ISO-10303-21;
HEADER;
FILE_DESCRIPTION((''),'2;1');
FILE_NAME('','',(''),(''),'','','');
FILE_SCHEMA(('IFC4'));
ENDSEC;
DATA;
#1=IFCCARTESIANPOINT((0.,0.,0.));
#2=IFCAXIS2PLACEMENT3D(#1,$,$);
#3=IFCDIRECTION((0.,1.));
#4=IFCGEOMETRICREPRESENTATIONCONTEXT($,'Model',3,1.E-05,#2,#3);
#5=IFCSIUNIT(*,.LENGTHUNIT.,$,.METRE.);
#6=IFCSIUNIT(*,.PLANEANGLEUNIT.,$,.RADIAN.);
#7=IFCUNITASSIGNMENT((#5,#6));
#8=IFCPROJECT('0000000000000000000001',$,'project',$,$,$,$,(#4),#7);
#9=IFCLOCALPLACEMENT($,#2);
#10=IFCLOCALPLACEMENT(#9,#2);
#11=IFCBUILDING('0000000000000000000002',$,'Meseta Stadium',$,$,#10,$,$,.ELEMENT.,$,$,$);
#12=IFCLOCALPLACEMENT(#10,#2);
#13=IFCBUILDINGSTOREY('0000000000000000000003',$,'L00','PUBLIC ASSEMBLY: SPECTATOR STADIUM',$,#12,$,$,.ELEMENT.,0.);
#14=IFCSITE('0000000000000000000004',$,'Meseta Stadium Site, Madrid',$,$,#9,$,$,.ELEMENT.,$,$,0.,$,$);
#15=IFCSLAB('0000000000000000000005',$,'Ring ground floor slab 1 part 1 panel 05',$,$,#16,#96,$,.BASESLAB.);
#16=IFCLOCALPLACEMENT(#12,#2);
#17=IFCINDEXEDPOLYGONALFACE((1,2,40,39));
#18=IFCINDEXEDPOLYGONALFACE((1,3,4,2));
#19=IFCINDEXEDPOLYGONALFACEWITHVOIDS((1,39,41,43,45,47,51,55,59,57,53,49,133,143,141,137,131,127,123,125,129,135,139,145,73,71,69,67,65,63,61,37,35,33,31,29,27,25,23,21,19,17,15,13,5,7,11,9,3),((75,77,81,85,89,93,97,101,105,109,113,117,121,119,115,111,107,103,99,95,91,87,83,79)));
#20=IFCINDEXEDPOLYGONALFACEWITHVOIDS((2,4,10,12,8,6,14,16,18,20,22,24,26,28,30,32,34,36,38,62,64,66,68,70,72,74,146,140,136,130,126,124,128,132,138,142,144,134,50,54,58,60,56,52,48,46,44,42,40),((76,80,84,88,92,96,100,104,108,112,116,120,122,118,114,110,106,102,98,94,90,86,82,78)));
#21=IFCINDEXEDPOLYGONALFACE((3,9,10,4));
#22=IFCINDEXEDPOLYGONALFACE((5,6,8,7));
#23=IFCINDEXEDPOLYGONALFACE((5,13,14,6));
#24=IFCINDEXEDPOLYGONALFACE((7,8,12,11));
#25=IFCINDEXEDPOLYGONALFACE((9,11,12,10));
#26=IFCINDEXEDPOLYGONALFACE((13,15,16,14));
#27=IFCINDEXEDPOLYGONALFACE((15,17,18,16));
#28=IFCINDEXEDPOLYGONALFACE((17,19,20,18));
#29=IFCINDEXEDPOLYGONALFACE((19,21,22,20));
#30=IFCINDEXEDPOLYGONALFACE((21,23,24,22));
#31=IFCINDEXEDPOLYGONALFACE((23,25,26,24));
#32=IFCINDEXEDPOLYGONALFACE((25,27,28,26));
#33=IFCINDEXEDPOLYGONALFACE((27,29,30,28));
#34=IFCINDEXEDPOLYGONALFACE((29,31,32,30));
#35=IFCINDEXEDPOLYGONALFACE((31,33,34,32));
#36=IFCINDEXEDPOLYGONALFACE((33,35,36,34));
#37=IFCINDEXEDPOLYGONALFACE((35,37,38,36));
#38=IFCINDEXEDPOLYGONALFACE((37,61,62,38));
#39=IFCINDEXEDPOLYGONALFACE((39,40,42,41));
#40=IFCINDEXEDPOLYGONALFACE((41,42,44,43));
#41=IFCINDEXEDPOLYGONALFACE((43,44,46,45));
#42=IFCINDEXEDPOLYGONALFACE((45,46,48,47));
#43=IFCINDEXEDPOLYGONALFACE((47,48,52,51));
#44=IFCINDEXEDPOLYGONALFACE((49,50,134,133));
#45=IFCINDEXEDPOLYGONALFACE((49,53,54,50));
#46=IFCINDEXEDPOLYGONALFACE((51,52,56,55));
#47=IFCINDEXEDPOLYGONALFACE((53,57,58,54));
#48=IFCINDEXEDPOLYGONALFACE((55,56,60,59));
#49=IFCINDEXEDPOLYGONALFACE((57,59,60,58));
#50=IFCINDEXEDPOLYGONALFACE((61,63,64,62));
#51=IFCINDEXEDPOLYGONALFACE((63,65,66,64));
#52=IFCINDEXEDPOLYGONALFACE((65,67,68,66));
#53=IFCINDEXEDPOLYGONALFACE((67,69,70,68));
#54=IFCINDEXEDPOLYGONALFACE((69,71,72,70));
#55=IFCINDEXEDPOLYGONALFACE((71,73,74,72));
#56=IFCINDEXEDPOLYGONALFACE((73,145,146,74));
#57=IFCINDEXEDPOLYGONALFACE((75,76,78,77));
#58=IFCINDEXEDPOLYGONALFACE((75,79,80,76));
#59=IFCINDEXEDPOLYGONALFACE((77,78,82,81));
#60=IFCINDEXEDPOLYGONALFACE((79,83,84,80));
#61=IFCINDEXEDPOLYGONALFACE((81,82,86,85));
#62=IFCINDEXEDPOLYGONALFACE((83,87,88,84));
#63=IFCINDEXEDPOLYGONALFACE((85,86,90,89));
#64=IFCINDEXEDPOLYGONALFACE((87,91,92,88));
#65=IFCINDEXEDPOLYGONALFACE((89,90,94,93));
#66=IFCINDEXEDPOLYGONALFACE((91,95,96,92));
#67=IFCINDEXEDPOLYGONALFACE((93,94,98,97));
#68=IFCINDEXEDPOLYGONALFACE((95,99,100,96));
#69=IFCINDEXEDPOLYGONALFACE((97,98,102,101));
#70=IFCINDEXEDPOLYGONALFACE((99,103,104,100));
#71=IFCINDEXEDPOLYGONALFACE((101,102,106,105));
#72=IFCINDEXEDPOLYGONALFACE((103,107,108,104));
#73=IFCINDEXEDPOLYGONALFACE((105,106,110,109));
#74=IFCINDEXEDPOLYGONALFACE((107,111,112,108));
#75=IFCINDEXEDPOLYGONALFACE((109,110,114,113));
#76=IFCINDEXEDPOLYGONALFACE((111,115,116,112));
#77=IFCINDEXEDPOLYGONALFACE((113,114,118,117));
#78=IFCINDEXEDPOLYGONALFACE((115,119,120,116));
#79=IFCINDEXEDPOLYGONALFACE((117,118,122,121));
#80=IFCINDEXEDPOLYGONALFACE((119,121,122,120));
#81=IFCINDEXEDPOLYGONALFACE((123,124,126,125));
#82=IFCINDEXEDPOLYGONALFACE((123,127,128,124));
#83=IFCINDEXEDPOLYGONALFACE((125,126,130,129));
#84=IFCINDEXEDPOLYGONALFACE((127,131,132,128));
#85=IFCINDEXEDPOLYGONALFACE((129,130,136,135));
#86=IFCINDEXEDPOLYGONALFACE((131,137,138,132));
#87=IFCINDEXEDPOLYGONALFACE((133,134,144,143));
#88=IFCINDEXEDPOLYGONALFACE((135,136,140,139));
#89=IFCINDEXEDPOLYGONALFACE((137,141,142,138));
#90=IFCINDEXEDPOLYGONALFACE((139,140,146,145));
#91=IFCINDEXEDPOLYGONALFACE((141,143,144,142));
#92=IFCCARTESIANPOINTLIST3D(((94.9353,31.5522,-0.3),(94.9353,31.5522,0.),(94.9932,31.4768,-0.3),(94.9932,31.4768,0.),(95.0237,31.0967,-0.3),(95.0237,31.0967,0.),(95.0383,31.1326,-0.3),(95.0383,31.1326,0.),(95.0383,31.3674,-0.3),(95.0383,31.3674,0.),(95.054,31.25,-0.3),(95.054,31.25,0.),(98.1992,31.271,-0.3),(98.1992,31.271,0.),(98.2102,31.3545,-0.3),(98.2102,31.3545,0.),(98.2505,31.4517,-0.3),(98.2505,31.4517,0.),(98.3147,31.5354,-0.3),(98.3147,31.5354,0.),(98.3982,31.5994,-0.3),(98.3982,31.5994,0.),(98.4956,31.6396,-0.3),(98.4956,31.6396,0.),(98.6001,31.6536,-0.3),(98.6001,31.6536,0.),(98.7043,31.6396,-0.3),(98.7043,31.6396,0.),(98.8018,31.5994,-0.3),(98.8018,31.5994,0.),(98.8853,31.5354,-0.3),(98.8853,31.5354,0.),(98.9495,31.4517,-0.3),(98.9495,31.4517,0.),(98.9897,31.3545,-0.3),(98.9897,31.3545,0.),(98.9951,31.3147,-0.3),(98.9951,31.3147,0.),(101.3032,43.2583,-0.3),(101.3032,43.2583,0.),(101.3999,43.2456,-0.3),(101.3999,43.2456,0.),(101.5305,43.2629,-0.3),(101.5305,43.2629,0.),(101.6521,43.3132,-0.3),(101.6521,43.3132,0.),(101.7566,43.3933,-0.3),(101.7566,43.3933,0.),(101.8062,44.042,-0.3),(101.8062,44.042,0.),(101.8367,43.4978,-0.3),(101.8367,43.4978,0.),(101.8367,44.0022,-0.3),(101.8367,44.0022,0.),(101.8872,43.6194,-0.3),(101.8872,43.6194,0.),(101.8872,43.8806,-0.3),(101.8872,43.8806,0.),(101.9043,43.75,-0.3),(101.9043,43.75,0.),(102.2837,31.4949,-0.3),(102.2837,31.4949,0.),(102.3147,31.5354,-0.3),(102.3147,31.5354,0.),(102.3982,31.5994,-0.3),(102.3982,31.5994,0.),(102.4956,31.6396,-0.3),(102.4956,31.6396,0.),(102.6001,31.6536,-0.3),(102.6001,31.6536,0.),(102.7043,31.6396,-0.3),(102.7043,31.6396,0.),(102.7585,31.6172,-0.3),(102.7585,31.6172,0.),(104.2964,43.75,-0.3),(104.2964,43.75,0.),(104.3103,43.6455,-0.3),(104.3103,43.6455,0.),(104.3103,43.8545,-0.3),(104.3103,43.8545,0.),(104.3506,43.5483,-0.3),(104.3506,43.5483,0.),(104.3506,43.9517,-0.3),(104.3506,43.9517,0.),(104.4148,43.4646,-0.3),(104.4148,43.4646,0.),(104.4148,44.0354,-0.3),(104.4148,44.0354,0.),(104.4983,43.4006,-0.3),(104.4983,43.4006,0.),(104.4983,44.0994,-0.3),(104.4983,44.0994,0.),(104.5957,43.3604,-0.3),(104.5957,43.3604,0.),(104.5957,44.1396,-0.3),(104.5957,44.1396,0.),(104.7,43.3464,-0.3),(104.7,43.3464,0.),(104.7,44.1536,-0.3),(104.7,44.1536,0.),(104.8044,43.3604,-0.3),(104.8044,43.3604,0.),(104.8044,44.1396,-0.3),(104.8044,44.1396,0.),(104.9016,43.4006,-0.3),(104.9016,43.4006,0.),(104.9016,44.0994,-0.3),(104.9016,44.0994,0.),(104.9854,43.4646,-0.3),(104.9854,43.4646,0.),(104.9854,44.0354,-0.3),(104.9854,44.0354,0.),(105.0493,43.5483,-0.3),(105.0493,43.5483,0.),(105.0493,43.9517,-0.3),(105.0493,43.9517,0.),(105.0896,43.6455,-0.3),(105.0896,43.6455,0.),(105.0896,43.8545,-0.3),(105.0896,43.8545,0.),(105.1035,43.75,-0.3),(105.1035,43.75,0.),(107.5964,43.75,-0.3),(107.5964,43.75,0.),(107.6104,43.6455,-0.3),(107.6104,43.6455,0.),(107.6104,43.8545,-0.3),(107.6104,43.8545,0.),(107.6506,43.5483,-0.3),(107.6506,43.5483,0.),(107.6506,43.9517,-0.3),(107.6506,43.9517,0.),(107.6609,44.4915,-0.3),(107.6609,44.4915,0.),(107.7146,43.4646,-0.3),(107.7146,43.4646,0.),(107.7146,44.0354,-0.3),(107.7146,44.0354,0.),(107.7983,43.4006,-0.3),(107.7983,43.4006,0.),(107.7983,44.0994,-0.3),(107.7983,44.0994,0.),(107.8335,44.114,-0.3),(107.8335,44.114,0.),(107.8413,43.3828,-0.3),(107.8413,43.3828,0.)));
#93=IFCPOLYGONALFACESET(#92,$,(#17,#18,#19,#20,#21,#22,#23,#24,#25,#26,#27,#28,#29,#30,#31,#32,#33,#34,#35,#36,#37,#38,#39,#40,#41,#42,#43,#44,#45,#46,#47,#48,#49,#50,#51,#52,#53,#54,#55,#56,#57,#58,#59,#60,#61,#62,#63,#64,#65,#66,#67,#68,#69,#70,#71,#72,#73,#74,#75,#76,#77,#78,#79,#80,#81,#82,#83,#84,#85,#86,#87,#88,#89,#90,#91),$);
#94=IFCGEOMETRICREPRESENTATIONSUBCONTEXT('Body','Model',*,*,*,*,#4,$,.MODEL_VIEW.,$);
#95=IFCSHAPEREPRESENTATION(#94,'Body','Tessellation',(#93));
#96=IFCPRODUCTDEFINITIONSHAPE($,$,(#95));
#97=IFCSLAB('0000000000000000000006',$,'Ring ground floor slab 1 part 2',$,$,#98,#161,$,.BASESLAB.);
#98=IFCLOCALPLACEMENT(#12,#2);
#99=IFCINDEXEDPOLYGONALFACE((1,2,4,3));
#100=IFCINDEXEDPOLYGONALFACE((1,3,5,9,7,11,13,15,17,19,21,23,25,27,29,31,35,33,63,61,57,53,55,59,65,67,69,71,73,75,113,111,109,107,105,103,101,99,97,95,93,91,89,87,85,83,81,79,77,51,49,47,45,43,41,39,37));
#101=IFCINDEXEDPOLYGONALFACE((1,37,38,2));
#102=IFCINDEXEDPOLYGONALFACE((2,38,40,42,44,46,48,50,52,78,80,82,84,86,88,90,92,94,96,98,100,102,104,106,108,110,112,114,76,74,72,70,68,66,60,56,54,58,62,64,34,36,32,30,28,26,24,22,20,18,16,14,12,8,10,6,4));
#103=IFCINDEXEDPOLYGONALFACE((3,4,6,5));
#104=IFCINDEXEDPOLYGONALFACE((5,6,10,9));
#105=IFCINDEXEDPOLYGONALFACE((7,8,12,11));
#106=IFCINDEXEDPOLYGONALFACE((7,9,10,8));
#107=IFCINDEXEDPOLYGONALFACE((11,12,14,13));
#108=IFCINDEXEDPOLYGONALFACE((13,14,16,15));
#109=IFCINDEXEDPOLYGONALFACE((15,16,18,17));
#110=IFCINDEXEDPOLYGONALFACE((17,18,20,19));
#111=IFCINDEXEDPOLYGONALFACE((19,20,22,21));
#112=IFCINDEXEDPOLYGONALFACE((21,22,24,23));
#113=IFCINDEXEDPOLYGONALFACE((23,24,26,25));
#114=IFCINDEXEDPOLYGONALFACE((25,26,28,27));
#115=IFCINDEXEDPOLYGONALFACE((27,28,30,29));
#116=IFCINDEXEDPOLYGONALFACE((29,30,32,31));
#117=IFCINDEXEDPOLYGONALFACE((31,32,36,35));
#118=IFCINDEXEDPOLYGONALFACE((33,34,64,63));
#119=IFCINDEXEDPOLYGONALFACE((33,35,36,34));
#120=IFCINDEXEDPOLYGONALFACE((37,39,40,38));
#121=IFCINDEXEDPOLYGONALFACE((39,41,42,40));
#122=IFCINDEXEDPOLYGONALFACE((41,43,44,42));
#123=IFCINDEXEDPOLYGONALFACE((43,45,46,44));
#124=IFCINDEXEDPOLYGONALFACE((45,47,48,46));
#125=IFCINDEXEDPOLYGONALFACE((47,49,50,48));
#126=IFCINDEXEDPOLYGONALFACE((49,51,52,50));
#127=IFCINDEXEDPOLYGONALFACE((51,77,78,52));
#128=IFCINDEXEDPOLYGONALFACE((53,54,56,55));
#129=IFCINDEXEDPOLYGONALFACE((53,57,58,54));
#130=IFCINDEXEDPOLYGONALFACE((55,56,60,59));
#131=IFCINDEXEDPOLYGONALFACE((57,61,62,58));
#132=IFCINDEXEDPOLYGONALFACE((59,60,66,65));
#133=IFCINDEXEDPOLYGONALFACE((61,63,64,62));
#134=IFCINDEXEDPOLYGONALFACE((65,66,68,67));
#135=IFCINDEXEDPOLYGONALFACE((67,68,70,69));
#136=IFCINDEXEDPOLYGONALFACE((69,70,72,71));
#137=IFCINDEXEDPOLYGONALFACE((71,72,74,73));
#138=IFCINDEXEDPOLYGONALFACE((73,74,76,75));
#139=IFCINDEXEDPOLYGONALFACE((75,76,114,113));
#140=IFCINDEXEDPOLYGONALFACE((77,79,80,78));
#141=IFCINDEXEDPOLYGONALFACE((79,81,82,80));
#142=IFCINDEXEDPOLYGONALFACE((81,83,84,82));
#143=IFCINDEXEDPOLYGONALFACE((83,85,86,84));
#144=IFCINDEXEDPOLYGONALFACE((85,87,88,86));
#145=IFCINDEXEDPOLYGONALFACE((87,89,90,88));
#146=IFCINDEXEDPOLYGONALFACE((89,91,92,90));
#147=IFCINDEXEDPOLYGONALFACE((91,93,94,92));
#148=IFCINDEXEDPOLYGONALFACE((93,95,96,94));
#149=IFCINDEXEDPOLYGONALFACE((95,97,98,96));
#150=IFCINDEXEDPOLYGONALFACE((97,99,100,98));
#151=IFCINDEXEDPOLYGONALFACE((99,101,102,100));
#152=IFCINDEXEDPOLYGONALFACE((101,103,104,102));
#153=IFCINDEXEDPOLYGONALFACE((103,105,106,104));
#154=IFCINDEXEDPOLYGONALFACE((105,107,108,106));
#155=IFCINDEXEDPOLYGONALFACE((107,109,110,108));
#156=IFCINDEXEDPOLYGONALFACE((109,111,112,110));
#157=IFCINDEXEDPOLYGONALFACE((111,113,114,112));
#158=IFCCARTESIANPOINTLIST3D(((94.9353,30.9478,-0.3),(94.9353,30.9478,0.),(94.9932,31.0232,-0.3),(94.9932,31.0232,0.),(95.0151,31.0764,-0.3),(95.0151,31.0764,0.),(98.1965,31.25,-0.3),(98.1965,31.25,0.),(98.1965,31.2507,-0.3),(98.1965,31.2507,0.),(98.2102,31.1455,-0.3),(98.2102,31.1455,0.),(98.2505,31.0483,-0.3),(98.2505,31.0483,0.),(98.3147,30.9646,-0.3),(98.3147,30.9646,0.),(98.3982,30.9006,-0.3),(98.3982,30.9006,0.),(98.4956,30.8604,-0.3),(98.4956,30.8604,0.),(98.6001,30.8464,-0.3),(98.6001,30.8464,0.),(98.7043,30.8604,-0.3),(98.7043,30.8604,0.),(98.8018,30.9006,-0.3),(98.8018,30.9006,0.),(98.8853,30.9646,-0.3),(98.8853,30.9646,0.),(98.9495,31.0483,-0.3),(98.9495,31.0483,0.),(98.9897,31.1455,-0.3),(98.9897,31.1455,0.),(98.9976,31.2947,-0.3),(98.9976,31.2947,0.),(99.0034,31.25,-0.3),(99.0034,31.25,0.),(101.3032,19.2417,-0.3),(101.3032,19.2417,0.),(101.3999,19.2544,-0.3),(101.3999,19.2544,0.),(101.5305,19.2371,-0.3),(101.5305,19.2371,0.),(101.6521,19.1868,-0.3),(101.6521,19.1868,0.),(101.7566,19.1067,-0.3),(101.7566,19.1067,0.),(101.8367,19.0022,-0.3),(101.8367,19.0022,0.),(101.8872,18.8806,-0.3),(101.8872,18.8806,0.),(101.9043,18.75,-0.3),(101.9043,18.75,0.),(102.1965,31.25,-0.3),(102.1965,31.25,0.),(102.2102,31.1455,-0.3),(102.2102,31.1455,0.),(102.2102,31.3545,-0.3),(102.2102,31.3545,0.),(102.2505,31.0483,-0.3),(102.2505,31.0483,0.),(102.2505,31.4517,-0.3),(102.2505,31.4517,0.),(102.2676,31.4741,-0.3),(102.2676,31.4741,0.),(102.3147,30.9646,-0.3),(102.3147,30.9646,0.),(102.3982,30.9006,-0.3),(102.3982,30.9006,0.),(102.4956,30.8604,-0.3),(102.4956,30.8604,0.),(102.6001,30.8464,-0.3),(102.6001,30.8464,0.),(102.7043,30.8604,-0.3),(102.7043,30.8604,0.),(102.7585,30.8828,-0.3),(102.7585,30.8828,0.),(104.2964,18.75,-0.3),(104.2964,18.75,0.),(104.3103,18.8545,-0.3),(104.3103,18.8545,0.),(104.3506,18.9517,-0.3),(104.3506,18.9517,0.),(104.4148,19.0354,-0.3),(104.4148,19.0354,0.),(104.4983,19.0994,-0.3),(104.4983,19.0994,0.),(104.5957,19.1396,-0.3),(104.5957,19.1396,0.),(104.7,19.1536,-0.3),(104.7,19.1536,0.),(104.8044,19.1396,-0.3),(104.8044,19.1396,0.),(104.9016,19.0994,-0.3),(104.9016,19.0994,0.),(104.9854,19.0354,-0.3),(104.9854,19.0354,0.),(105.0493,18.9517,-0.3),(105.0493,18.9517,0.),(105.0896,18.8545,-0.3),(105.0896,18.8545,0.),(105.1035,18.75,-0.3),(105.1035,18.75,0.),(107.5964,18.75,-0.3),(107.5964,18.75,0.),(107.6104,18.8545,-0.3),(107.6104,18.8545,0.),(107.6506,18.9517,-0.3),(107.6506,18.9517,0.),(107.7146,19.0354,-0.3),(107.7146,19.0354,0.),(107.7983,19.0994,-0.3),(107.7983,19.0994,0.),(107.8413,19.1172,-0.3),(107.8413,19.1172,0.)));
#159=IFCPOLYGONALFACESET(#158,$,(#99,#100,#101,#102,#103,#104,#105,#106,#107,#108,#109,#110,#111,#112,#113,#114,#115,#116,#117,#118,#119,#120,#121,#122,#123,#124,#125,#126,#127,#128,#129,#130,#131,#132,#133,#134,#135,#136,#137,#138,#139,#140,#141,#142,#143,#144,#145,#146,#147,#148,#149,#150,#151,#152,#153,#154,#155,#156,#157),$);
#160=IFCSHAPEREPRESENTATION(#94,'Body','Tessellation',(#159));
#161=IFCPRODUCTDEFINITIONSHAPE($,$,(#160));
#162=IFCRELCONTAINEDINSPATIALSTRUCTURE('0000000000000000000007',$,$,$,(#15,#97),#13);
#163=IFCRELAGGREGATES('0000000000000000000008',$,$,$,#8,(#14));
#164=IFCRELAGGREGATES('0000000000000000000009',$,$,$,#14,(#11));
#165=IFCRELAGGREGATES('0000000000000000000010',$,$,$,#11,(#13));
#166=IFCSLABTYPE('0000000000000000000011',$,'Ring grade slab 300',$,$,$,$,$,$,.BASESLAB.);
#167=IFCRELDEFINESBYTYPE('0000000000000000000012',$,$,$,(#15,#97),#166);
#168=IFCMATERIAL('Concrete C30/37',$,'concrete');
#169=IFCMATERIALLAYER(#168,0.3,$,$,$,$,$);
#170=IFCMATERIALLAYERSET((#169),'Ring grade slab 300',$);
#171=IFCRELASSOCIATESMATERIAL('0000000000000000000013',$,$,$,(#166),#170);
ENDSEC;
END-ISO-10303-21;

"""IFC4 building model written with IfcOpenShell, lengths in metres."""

from ifc_helpers import new_model, si_unit, direction, frame, origin, place, context, subcontext, project, spatial, polyline, outline, extrude, material, layer, layer_set, type_object, element, save


model = new_model("IFC4")

# Units and contexts
model_context = context("Model", 3, precision=1e-05, world=origin(), true_north=direction((0.0, 1.0)))
body_context = subcontext(model_context, "Body", "Model", "MODEL_VIEW")
ifc_project = project(units=[si_unit("LENGTHUNIT", "METRE"), si_unit("PLANEANGLEUNIT", "RADIAN")], contexts=[model_context])

# Site, building, storey
site_placement = place(None, origin())
site = spatial("IfcSite", under=ifc_project, at=site_placement, Name="Meseta Stadium Site, Madrid", CompositionType="ELEMENT", RefElevation=0.0)
building_placement = place(site_placement, origin())
building = spatial("IfcBuilding", under=site, at=building_placement, Name="Meseta Stadium", CompositionType="ELEMENT")
storey_placement = place(building_placement, origin())
storey = spatial("IfcBuildingStorey", under=building, at=storey_placement, Name="L00", Description="PUBLIC ASSEMBLY: SPECTATOR STADIUM", CompositionType="ELEMENT", Elevation=0.0)

# Slabs
ifc_material_1 = material(Name="Concrete C30/37", Category="concrete")
ifc_layer_1 = layer(ifc_material_1, 0.3)
ifc_layer_set_1 = layer_set([ifc_layer_1], Name="Ring grade slab 300")
slab_type_1 = type_object("IfcSlabType", Name="Ring grade slab 300", PredefinedType="BASESLAB", material=ifc_layer_set_1)
slab_1_placement = place(storey_placement, frame((0.0, 0.0, -0.3)))
element("IfcSlab", 1, at=slab_1_placement, inside=storey, type_object=slab_type_1, Name="Ring ground floor slab 1 part 1 panel 05", PredefinedType="BASESLAB", context=body_context, shape_type="SweptSolid", body=[
    extrude(outline(polyline([(107.7146, 44.0354), (107.7983, 44.0994), (107.8335, 44.114), (107.6609, 44.4915), (101.8062, 44.042), (101.8367, 44.0022), (101.8872, 43.8806), (101.9043, 43.75), (101.8872, 43.6194), (101.8367, 43.4978), (101.7566, 43.3933), (101.6521, 43.3132), (101.5305, 43.2629), (101.3999, 43.2456), (101.3032, 43.2583), (94.9353, 31.5522), (94.9932, 31.4768), (95.0383, 31.3674), (95.054, 31.25), (95.0383, 31.1326), (95.0237, 31.0967), (98.1992, 31.271), (98.2102, 31.3545), (98.2505, 31.4517), (98.3147, 31.5354), (98.3982, 31.5994), (98.4956, 31.6396), (98.6001, 31.6536), (98.7043, 31.6396), (98.8018, 31.5994), (98.8853, 31.5354), (98.9495, 31.4517), (98.9897, 31.3545), (98.9951, 31.3147), (102.2837, 31.4949), (102.3147, 31.5354), (102.3982, 31.5994), (102.4956, 31.6396), (102.6001, 31.6536), (102.7043, 31.6396), (102.7585, 31.6172), (107.8413, 43.3828), (107.7983, 43.4006), (107.7146, 43.4646), (107.6506, 43.5483), (107.6104, 43.6455), (107.5964, 43.75), (107.6104, 43.8545), (107.6506, 43.9517), (107.7146, 44.0354)]), holes=[polyline([(104.9016, 43.4006), (104.8044, 43.3604), (104.7, 43.3464), (104.5957, 43.3604), (104.4983, 43.4006), (104.4148, 43.4646), (104.3506, 43.5483), (104.3103, 43.6455), (104.2964, 43.75), (104.3103, 43.8545), (104.3506, 43.9517), (104.4148, 44.0354), (104.4983, 44.0994), (104.5957, 44.1396), (104.7, 44.1536), (104.8044, 44.1396), (104.9016, 44.0994), (104.9854, 44.0354), (105.0493, 43.9517), (105.0896, 43.8545), (105.1035, 43.75), (105.0896, 43.6455), (105.0493, 43.5483), (104.9854, 43.4646), (104.9016, 43.4006)])]), origin(), (0.0, 0.0, 1.0), 0.3),
])
slab_2_placement = place(storey_placement, frame((0.0, 0.0, -0.3)))
element("IfcSlab", 2, at=slab_2_placement, inside=storey, type_object=slab_type_1, Name="Ring ground floor slab 1 part 2", PredefinedType="BASESLAB", context=body_context, shape_type="SweptSolid", body=[
    extrude(outline(polyline([(102.2505, 31.4517), (102.2676, 31.4741), (98.9976, 31.2947), (99.0034, 31.25), (98.9897, 31.1455), (98.9495, 31.0483), (98.8853, 30.9646), (98.8018, 30.9006), (98.7043, 30.8604), (98.6001, 30.8464), (98.4956, 30.8604), (98.3982, 30.9006), (98.3147, 30.9646), (98.2505, 31.0483), (98.2102, 31.1455), (98.1965, 31.25), (98.1965, 31.2507), (95.0151, 31.0764), (94.9932, 31.0232), (94.9353, 30.9478), (101.3032, 19.2417), (101.3999, 19.2544), (101.5305, 19.2371), (101.6521, 19.1868), (101.7566, 19.1067), (101.8367, 19.0022), (101.8872, 18.8806), (101.9043, 18.75), (104.2964, 18.75), (104.3103, 18.8545), (104.3506, 18.9517), (104.4148, 19.0354), (104.4983, 19.0994), (104.5957, 19.1396), (104.7, 19.1536), (104.8044, 19.1396), (104.9016, 19.0994), (104.9854, 19.0354), (105.0493, 18.9517), (105.0896, 18.8545), (105.1035, 18.75), (107.5964, 18.75), (107.6104, 18.8545), (107.6506, 18.9517), (107.7146, 19.0354), (107.7983, 19.0994), (107.8413, 19.1172), (102.7585, 30.8828), (102.7043, 30.8604), (102.6001, 30.8464), (102.4956, 30.8604), (102.3982, 30.9006), (102.3147, 30.9646), (102.2505, 31.0483), (102.2102, 31.1455), (102.1965, 31.25), (102.2102, 31.3545), (102.2505, 31.4517)])), origin(), (0.0, 0.0, 1.0), 0.3),
])

save(model, "model.ifc")
